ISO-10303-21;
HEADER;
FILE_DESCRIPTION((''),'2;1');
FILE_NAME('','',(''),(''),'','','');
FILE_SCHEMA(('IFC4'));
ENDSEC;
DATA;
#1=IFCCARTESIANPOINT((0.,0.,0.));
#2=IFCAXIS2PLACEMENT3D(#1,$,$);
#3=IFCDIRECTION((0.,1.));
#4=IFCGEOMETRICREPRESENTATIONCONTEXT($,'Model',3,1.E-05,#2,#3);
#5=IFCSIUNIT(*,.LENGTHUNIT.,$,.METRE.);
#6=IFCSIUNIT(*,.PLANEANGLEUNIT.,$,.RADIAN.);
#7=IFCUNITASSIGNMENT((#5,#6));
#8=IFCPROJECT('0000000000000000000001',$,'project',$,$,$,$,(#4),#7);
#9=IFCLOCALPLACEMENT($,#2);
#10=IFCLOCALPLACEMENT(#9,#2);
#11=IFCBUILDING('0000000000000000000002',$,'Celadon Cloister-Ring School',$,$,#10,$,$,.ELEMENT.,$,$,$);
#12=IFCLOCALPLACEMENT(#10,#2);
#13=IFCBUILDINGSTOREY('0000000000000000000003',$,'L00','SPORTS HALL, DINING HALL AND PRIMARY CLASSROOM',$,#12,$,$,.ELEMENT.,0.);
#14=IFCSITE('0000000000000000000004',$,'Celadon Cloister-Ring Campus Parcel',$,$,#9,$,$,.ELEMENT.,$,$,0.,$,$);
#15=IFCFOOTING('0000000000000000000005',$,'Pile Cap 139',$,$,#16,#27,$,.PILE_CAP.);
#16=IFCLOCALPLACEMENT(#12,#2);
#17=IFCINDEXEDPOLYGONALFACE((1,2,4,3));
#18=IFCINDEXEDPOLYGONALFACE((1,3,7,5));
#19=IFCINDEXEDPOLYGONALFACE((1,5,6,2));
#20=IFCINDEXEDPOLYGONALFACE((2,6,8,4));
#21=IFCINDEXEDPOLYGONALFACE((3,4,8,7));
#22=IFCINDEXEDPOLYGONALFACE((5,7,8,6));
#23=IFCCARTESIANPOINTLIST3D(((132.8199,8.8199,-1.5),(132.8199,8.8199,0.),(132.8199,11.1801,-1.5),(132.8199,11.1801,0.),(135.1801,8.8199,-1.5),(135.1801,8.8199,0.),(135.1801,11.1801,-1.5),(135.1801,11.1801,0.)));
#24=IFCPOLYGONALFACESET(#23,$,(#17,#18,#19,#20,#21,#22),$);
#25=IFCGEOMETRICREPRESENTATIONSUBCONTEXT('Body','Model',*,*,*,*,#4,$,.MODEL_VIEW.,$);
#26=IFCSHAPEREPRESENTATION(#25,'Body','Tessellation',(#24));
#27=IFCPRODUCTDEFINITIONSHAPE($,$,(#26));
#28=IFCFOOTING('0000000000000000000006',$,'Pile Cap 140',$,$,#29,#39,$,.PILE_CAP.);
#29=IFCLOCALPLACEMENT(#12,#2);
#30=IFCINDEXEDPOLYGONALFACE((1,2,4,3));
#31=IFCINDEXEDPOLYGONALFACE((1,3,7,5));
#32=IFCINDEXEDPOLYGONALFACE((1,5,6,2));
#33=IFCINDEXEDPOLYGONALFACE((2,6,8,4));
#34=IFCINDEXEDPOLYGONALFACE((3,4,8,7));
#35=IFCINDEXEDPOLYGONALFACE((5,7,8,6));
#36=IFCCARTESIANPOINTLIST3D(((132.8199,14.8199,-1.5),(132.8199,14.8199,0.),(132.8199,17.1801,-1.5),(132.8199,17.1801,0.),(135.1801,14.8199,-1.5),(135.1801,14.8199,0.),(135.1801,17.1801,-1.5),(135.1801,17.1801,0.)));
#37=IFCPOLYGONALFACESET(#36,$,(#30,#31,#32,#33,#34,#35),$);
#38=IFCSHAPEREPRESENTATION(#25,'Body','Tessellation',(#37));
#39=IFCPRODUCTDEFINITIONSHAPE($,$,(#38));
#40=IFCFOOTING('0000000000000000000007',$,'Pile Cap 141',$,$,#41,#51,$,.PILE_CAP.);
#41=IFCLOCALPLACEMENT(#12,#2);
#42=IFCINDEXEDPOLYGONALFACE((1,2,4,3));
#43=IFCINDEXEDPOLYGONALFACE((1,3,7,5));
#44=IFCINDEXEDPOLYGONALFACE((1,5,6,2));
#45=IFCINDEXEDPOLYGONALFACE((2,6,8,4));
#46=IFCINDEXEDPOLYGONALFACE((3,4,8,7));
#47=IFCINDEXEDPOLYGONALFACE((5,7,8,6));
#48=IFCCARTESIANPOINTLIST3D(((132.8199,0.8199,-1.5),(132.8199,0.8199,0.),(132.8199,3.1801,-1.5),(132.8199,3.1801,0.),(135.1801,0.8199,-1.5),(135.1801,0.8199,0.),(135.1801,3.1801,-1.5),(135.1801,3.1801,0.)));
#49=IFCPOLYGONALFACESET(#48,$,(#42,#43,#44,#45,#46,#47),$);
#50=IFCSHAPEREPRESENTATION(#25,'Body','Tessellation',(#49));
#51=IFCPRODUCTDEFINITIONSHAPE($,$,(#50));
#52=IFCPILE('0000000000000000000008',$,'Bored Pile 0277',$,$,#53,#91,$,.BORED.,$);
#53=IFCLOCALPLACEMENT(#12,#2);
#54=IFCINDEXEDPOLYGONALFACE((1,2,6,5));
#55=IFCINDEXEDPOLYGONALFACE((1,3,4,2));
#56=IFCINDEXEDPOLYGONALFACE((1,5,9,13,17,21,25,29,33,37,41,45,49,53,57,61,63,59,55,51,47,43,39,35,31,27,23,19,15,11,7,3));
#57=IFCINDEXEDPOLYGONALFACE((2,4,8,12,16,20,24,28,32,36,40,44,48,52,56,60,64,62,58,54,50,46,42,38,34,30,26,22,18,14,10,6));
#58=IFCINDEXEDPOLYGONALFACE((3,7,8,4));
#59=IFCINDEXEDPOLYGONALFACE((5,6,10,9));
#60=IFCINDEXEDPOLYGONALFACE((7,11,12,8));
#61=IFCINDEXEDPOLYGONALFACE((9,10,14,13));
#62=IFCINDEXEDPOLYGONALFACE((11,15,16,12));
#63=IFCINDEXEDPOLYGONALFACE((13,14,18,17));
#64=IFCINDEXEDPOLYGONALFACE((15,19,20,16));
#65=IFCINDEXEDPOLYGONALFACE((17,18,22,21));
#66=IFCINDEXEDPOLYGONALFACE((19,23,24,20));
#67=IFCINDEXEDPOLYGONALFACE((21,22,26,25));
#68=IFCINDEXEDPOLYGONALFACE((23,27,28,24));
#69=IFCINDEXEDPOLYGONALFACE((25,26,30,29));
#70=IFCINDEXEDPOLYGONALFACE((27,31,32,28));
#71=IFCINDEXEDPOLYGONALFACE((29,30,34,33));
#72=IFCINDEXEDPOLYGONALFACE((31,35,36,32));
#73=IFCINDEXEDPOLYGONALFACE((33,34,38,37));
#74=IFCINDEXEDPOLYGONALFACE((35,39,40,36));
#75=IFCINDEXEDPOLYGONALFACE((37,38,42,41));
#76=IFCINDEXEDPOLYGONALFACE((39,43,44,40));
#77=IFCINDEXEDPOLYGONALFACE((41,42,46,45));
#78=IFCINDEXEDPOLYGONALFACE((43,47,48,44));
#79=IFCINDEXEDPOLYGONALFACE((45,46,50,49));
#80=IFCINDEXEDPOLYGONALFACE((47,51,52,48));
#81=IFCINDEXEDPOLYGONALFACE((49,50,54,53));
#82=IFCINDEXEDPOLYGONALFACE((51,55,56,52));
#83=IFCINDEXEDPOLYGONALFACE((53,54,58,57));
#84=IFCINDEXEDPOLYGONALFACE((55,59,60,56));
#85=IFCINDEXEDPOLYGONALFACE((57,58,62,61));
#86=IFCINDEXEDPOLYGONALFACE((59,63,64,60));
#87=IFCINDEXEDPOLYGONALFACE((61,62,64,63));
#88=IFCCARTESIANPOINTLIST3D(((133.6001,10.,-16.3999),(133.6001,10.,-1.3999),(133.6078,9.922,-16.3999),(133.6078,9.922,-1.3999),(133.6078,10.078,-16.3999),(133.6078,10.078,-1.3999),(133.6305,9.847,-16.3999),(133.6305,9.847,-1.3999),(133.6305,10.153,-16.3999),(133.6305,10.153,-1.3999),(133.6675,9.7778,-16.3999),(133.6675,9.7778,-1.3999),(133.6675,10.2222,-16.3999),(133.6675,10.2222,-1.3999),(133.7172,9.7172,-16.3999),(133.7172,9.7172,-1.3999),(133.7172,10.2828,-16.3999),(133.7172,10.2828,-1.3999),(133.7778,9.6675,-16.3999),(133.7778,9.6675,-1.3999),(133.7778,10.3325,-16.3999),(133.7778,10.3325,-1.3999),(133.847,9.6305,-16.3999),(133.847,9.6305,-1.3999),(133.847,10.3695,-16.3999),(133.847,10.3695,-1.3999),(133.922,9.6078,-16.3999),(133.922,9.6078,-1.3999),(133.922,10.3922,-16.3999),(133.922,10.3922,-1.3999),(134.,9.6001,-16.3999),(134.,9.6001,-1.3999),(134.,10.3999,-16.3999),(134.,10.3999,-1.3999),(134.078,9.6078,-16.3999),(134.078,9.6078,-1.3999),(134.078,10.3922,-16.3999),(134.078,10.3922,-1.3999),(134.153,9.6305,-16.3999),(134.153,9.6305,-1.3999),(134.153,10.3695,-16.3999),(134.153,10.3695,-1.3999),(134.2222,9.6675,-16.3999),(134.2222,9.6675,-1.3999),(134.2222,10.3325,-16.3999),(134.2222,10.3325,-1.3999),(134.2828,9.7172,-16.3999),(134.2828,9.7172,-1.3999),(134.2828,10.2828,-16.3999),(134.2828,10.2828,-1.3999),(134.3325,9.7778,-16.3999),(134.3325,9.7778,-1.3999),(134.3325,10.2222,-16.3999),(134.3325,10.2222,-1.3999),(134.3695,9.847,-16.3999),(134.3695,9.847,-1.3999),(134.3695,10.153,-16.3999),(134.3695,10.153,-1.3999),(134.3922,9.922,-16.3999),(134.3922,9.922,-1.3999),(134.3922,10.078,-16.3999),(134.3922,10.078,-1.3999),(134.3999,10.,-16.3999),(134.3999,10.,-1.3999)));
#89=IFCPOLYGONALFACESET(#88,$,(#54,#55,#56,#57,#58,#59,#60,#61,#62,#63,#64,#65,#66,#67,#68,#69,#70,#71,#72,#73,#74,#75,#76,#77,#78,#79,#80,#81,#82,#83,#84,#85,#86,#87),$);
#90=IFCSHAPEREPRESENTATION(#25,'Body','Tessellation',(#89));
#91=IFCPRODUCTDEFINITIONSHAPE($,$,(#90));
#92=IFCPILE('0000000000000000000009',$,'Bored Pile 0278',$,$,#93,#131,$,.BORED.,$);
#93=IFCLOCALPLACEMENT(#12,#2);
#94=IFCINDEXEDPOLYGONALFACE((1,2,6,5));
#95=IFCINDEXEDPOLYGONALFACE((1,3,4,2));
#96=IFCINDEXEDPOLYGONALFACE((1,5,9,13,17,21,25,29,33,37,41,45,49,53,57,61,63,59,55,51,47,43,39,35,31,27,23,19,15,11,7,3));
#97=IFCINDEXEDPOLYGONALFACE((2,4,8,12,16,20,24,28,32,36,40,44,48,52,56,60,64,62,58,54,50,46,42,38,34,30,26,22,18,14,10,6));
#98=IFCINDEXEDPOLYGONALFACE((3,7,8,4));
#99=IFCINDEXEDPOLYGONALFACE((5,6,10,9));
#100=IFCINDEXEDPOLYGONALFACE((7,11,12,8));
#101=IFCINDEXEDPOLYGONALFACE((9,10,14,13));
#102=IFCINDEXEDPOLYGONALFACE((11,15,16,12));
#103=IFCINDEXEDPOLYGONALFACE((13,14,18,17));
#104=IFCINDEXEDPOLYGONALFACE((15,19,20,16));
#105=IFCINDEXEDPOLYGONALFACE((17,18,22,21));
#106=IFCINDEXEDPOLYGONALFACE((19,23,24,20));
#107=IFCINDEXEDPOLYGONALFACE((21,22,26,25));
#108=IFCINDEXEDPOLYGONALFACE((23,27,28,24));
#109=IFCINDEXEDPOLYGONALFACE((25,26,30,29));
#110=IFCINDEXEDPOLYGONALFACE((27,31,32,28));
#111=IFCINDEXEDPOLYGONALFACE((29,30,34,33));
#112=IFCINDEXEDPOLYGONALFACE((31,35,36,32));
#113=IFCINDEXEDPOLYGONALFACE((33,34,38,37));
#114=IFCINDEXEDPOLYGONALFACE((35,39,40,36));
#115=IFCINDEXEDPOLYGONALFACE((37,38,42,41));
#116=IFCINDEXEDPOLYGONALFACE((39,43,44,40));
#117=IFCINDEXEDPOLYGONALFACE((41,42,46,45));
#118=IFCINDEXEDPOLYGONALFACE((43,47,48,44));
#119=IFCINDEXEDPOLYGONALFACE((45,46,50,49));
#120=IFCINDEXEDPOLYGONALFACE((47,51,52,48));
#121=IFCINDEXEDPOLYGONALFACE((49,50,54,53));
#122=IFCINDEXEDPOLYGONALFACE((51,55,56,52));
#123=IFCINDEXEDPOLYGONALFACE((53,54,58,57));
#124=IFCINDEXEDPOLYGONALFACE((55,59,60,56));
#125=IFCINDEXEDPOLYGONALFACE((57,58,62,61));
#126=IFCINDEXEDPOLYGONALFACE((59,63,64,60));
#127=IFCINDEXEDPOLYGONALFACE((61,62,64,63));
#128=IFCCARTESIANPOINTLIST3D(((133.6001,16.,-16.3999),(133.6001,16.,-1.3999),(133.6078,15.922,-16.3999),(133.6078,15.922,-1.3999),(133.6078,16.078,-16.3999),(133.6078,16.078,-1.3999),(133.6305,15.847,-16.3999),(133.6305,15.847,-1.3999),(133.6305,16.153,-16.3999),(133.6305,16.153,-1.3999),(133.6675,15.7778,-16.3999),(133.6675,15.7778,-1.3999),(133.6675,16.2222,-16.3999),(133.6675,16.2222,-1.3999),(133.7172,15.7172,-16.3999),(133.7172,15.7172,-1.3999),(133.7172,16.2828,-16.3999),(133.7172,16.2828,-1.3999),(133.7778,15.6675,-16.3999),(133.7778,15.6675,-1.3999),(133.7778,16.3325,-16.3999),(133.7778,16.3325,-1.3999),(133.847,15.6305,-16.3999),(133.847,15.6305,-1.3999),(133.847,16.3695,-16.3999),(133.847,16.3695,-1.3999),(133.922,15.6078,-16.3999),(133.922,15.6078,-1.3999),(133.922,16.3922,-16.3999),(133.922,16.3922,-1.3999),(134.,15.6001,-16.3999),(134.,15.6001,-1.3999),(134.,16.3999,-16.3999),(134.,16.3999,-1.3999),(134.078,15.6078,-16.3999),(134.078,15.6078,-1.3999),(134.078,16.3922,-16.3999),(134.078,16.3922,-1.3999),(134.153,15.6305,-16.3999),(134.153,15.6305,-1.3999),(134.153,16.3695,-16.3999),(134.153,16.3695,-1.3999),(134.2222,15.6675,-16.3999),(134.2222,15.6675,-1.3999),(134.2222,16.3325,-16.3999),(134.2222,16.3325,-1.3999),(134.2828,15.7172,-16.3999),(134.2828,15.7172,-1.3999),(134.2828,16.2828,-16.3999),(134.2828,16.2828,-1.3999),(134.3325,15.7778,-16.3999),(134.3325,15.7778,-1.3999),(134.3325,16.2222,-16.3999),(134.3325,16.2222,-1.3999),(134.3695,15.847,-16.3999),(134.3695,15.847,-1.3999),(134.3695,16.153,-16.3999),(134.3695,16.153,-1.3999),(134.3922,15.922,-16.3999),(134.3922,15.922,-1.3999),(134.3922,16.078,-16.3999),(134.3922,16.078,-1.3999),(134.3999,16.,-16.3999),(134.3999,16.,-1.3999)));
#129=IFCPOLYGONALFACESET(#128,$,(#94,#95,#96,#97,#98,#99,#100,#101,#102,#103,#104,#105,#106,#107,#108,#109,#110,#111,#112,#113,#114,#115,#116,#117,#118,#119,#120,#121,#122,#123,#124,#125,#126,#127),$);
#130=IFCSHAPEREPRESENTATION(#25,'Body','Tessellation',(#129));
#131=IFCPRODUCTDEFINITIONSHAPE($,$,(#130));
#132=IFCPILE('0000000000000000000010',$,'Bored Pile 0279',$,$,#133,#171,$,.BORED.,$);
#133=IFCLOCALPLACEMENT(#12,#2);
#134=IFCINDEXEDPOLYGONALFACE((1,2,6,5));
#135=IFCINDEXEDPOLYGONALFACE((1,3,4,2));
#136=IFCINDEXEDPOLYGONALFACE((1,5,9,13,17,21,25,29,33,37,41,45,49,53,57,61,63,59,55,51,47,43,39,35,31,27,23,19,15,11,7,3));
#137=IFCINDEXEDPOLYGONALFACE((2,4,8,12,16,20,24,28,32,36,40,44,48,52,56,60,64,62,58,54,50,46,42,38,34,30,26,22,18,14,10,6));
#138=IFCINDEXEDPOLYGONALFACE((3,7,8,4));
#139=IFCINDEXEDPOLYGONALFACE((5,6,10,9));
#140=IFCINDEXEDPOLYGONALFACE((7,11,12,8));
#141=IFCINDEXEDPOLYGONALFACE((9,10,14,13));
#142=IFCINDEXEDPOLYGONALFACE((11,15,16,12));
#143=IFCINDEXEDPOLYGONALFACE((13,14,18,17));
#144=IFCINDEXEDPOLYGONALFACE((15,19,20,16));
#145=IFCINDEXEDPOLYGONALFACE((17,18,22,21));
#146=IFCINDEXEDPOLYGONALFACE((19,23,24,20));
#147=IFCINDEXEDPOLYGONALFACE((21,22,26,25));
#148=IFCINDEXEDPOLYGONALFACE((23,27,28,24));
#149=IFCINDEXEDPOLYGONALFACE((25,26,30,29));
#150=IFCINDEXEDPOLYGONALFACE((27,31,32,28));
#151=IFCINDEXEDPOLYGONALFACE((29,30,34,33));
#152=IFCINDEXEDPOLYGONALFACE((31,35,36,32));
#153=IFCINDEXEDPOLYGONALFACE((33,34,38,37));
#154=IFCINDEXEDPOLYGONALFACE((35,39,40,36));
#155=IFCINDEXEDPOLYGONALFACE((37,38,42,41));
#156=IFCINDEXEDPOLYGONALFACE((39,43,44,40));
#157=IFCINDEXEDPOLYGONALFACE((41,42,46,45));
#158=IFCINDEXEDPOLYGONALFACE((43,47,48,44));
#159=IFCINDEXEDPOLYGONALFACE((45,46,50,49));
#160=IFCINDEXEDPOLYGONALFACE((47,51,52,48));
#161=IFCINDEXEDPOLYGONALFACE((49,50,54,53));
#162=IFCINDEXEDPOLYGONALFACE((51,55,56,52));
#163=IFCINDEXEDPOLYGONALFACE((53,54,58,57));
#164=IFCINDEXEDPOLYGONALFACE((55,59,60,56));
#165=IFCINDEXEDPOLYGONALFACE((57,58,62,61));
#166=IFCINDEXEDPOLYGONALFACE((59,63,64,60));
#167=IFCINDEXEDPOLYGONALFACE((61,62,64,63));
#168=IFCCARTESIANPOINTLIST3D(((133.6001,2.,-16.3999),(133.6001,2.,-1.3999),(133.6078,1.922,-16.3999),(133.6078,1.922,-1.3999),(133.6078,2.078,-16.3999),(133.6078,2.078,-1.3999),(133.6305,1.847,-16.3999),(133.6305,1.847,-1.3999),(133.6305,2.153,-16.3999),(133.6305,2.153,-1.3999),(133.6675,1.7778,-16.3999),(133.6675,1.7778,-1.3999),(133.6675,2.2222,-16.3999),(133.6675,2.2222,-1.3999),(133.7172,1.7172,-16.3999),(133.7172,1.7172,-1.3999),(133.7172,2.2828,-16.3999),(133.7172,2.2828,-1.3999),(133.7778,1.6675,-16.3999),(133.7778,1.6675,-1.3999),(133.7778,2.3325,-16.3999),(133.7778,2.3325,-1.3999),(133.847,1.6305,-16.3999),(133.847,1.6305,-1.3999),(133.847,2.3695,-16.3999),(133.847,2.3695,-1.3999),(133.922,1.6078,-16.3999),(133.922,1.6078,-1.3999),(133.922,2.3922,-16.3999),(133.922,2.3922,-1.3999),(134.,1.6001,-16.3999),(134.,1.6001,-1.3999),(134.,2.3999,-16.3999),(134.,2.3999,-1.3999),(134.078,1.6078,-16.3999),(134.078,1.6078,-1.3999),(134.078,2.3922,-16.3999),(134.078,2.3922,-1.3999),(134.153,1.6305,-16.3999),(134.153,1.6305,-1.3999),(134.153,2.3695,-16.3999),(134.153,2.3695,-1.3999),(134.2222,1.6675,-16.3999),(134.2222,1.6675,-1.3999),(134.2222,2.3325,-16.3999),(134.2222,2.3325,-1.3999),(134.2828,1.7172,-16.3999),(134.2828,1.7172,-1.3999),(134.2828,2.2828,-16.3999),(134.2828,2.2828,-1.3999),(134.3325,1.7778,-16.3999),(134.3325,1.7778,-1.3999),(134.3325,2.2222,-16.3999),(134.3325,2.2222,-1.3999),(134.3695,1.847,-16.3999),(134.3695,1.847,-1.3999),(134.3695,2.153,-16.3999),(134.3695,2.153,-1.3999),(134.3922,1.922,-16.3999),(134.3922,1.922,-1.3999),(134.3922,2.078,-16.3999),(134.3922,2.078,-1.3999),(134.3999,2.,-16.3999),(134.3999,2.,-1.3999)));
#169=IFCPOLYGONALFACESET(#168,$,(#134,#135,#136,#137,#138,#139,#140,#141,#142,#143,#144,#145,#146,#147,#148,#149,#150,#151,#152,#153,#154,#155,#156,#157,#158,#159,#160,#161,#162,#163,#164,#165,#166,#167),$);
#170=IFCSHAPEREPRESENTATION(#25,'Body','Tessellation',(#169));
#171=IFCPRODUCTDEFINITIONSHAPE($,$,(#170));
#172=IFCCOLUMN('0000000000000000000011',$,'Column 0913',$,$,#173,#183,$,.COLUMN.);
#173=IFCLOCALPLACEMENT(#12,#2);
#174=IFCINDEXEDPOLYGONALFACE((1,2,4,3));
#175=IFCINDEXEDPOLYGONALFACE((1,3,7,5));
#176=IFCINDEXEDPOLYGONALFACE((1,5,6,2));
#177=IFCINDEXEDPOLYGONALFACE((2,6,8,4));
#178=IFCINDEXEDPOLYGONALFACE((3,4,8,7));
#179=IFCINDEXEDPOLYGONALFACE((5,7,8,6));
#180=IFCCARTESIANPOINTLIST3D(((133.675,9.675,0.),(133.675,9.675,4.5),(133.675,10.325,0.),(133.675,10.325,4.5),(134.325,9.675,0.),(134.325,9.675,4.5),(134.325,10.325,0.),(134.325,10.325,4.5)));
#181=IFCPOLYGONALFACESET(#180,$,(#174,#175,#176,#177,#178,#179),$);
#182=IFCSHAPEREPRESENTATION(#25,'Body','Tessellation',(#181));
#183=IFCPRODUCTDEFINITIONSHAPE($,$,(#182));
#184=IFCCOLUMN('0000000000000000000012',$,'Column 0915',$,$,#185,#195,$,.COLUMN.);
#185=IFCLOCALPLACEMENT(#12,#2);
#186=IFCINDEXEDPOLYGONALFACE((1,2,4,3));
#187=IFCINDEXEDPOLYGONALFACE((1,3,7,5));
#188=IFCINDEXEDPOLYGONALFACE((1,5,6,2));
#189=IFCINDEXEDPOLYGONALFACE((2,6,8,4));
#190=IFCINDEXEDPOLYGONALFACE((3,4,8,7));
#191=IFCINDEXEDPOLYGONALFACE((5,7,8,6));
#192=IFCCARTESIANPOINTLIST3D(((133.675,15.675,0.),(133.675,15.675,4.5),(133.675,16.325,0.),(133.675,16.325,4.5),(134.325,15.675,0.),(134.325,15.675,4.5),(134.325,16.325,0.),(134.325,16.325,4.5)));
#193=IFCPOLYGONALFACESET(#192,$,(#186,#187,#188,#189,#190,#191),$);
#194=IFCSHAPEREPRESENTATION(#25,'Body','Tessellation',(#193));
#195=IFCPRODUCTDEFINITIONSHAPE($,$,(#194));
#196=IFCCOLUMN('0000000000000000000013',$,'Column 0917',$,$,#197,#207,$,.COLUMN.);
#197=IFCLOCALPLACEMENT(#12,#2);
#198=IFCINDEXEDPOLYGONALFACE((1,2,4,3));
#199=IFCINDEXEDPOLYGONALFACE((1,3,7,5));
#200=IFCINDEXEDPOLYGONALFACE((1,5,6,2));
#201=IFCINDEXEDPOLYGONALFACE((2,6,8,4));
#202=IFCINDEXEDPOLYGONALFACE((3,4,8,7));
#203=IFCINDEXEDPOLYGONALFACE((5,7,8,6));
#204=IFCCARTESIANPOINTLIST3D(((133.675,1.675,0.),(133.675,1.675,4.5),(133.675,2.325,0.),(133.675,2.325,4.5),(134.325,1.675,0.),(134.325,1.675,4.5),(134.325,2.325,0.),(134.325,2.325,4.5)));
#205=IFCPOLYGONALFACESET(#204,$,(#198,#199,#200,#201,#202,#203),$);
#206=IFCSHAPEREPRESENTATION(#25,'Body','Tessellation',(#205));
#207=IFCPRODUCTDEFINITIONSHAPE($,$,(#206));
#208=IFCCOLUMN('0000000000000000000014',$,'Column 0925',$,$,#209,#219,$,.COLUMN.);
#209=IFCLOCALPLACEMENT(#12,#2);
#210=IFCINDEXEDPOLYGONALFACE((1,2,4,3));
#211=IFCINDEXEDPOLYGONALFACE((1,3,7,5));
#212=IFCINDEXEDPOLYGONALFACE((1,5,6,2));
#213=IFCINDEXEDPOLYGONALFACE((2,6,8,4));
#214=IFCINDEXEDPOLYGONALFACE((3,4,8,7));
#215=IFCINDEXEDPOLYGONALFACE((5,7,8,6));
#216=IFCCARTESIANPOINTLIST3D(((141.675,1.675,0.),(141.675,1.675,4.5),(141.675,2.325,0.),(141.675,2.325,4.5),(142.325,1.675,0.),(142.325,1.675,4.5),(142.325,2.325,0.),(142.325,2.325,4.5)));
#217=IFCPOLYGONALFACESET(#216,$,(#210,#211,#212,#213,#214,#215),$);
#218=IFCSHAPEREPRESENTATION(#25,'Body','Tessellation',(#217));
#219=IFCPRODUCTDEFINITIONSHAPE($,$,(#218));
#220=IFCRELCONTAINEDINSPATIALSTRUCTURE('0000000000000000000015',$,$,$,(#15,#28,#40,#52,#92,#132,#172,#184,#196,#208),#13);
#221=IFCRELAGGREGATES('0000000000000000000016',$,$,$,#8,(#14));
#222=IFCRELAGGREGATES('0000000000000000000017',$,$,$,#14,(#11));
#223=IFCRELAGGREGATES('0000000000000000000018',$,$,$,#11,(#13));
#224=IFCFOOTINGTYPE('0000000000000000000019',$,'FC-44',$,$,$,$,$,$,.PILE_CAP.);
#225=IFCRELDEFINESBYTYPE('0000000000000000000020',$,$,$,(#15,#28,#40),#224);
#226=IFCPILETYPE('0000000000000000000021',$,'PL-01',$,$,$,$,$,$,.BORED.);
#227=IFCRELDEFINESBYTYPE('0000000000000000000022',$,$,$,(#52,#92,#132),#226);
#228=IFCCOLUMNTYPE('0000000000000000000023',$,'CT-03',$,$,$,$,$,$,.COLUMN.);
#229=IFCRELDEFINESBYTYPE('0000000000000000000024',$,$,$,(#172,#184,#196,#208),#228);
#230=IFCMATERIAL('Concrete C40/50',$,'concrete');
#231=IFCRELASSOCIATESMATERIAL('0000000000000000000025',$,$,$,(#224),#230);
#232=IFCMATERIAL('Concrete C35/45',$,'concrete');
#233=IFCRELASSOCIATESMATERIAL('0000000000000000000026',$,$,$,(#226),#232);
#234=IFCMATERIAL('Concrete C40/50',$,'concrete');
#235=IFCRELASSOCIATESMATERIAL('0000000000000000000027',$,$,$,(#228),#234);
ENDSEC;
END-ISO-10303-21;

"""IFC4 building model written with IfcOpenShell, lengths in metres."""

from ifc_helpers import new_model, si_unit, direction, frame, origin, origin_2d, place, context, subcontext, project, spatial, rectangle, circle, extrude, material, material_profile, profile_set, type_object, element, save


model = new_model("IFC4")

# Units and contexts
model_context = context("Model", 3, precision=1e-05, world=origin(), true_north=direction((0.0, 1.0)))
body_context = subcontext(model_context, "Body", "Model", "MODEL_VIEW")
ifc_project = project(units=[si_unit("LENGTHUNIT", "METRE"), si_unit("PLANEANGLEUNIT", "RADIAN")], contexts=[model_context])

# Site, building, storey
site_placement = place(None, origin())
site = spatial("IfcSite", under=ifc_project, at=site_placement, Name="Celadon Cloister-Ring Campus Parcel", CompositionType="ELEMENT", RefElevation=0.0)
building_placement = place(site_placement, origin())
building = spatial("IfcBuilding", under=site, at=building_placement, Name="Celadon Cloister-Ring School", CompositionType="ELEMENT")
storey_placement = place(building_placement, origin())
storey = spatial("IfcBuildingStorey", under=building, at=storey_placement, Name="L00", Description="SPORTS HALL, DINING HALL AND PRIMARY CLASSROOM", CompositionType="ELEMENT", Elevation=0.0)

# Footings
ifc_material_1 = material(Name="Concrete C40/50", Category="concrete")
footing_type = type_object("IfcFootingType", Name="FC-44", PredefinedType="PILE_CAP", material=ifc_material_1)
for number, where, z_axis, x_axis, name in (
    (1, (134.0, 10.0, -1.5), (0.0, 0.0, 1.0), (1.0, 0.0, 0.0), "Pile Cap 139"),
    (2, (134.0, 16.0, -1.5), (0.0, 0.0, 1.0), (1.0, 0.0, 0.0), "Pile Cap 140"),
    (3, (134.0, 2.0, -1.5), (0.0, 0.0, 1.0), (1.0, 0.0, 0.0), "Pile Cap 141"),
):
    element("IfcFooting", number, at=place(storey_placement, frame(where, z_axis=z_axis, x_axis=x_axis)), inside=storey, type_object=footing_type, Name=name, PredefinedType="PILE_CAP", context=body_context, shape_type="SweptSolid", body=[
        extrude(rectangle(XDim=2.3601, YDim=2.3601, at=origin_2d()), origin(), (0.0, 0.0, 1.0), 1.5),
    ])

# Piles
ifc_material_2 = material(Name="Concrete C35/45", Category="concrete")
ifc_material_profile_1 = material_profile(ifc_material_2, circle(Radius=0.3999, at=origin_2d()), Name="PILE800")
ifc_profile_set_1 = profile_set([ifc_material_profile_1], Name="Concrete C35/45")
pile_type = type_object("IfcPileType", Name="PL-01", PredefinedType="BORED", material=ifc_profile_set_1)
for number, where, z_axis, x_axis, name in (
    (4, (134.0, 10.0, -1.3999), (0.0, 0.0, -1.0), (1.0, 0.0, 0.0), "Bored Pile 0277"),
    (5, (134.0, 16.0, -1.3999), (0.0, 0.0, -1.0), (1.0, 0.0, 0.0), "Bored Pile 0278"),
    (6, (134.0, 2.0, -1.3999), (0.0, 0.0, -1.0), (1.0, 0.0, 0.0), "Bored Pile 0279"),
):
    element("IfcPile", number, at=place(storey_placement, frame(where, z_axis=z_axis, x_axis=x_axis)), inside=storey, type_object=pile_type, Name=name, PredefinedType="BORED", context=body_context, shape_type="SweptSolid", body=[
        extrude(circle(Radius=0.3999, at=origin_2d()), origin(), (0.0, 0.0, 1.0), 15.0),
    ])

# Columns
ifc_material_3 = material(Name="Concrete C40/50", Category="concrete")
ifc_material_profile_2 = material_profile(ifc_material_3, rectangle(XDim=0.6499, YDim=0.6499, at=origin_2d()), Name="RC650X650")
ifc_profile_set_2 = profile_set([ifc_material_profile_2], Name="Concrete C40/50")
column_type = type_object("IfcColumnType", Name="CT-03", PredefinedType="COLUMN", material=ifc_profile_set_2)
for number, where, z_axis, x_axis, name in (
    (7, (134.0, 10.0, 0.0), (0.0, 0.0, 1.0), (1.0, 0.0, 0.0), "Column 0913"),
    (8, (134.0, 16.0, 0.0), (0.0, 0.0, 1.0), (1.0, 0.0, 0.0), "Column 0915"),
    (9, (134.0, 2.0, 0.0), (0.0, 0.0, 1.0), (1.0, 0.0, 0.0), "Column 0917"),
    (10, (142.0, 2.0, 0.0), (0.0, 0.0, 1.0), (1.0, 0.0, 0.0), "Column 0925"),
):
    element("IfcColumn", number, at=place(storey_placement, frame(where, z_axis=z_axis, x_axis=x_axis)), inside=storey, type_object=column_type, Name=name, PredefinedType="COLUMN", context=body_context, shape_type="SweptSolid", body=[
        extrude(rectangle(XDim=0.6499, YDim=0.6499, at=origin_2d()), origin(), (0.0, 0.0, 1.0), 4.5),
    ])

save(model, "model.ifc")
